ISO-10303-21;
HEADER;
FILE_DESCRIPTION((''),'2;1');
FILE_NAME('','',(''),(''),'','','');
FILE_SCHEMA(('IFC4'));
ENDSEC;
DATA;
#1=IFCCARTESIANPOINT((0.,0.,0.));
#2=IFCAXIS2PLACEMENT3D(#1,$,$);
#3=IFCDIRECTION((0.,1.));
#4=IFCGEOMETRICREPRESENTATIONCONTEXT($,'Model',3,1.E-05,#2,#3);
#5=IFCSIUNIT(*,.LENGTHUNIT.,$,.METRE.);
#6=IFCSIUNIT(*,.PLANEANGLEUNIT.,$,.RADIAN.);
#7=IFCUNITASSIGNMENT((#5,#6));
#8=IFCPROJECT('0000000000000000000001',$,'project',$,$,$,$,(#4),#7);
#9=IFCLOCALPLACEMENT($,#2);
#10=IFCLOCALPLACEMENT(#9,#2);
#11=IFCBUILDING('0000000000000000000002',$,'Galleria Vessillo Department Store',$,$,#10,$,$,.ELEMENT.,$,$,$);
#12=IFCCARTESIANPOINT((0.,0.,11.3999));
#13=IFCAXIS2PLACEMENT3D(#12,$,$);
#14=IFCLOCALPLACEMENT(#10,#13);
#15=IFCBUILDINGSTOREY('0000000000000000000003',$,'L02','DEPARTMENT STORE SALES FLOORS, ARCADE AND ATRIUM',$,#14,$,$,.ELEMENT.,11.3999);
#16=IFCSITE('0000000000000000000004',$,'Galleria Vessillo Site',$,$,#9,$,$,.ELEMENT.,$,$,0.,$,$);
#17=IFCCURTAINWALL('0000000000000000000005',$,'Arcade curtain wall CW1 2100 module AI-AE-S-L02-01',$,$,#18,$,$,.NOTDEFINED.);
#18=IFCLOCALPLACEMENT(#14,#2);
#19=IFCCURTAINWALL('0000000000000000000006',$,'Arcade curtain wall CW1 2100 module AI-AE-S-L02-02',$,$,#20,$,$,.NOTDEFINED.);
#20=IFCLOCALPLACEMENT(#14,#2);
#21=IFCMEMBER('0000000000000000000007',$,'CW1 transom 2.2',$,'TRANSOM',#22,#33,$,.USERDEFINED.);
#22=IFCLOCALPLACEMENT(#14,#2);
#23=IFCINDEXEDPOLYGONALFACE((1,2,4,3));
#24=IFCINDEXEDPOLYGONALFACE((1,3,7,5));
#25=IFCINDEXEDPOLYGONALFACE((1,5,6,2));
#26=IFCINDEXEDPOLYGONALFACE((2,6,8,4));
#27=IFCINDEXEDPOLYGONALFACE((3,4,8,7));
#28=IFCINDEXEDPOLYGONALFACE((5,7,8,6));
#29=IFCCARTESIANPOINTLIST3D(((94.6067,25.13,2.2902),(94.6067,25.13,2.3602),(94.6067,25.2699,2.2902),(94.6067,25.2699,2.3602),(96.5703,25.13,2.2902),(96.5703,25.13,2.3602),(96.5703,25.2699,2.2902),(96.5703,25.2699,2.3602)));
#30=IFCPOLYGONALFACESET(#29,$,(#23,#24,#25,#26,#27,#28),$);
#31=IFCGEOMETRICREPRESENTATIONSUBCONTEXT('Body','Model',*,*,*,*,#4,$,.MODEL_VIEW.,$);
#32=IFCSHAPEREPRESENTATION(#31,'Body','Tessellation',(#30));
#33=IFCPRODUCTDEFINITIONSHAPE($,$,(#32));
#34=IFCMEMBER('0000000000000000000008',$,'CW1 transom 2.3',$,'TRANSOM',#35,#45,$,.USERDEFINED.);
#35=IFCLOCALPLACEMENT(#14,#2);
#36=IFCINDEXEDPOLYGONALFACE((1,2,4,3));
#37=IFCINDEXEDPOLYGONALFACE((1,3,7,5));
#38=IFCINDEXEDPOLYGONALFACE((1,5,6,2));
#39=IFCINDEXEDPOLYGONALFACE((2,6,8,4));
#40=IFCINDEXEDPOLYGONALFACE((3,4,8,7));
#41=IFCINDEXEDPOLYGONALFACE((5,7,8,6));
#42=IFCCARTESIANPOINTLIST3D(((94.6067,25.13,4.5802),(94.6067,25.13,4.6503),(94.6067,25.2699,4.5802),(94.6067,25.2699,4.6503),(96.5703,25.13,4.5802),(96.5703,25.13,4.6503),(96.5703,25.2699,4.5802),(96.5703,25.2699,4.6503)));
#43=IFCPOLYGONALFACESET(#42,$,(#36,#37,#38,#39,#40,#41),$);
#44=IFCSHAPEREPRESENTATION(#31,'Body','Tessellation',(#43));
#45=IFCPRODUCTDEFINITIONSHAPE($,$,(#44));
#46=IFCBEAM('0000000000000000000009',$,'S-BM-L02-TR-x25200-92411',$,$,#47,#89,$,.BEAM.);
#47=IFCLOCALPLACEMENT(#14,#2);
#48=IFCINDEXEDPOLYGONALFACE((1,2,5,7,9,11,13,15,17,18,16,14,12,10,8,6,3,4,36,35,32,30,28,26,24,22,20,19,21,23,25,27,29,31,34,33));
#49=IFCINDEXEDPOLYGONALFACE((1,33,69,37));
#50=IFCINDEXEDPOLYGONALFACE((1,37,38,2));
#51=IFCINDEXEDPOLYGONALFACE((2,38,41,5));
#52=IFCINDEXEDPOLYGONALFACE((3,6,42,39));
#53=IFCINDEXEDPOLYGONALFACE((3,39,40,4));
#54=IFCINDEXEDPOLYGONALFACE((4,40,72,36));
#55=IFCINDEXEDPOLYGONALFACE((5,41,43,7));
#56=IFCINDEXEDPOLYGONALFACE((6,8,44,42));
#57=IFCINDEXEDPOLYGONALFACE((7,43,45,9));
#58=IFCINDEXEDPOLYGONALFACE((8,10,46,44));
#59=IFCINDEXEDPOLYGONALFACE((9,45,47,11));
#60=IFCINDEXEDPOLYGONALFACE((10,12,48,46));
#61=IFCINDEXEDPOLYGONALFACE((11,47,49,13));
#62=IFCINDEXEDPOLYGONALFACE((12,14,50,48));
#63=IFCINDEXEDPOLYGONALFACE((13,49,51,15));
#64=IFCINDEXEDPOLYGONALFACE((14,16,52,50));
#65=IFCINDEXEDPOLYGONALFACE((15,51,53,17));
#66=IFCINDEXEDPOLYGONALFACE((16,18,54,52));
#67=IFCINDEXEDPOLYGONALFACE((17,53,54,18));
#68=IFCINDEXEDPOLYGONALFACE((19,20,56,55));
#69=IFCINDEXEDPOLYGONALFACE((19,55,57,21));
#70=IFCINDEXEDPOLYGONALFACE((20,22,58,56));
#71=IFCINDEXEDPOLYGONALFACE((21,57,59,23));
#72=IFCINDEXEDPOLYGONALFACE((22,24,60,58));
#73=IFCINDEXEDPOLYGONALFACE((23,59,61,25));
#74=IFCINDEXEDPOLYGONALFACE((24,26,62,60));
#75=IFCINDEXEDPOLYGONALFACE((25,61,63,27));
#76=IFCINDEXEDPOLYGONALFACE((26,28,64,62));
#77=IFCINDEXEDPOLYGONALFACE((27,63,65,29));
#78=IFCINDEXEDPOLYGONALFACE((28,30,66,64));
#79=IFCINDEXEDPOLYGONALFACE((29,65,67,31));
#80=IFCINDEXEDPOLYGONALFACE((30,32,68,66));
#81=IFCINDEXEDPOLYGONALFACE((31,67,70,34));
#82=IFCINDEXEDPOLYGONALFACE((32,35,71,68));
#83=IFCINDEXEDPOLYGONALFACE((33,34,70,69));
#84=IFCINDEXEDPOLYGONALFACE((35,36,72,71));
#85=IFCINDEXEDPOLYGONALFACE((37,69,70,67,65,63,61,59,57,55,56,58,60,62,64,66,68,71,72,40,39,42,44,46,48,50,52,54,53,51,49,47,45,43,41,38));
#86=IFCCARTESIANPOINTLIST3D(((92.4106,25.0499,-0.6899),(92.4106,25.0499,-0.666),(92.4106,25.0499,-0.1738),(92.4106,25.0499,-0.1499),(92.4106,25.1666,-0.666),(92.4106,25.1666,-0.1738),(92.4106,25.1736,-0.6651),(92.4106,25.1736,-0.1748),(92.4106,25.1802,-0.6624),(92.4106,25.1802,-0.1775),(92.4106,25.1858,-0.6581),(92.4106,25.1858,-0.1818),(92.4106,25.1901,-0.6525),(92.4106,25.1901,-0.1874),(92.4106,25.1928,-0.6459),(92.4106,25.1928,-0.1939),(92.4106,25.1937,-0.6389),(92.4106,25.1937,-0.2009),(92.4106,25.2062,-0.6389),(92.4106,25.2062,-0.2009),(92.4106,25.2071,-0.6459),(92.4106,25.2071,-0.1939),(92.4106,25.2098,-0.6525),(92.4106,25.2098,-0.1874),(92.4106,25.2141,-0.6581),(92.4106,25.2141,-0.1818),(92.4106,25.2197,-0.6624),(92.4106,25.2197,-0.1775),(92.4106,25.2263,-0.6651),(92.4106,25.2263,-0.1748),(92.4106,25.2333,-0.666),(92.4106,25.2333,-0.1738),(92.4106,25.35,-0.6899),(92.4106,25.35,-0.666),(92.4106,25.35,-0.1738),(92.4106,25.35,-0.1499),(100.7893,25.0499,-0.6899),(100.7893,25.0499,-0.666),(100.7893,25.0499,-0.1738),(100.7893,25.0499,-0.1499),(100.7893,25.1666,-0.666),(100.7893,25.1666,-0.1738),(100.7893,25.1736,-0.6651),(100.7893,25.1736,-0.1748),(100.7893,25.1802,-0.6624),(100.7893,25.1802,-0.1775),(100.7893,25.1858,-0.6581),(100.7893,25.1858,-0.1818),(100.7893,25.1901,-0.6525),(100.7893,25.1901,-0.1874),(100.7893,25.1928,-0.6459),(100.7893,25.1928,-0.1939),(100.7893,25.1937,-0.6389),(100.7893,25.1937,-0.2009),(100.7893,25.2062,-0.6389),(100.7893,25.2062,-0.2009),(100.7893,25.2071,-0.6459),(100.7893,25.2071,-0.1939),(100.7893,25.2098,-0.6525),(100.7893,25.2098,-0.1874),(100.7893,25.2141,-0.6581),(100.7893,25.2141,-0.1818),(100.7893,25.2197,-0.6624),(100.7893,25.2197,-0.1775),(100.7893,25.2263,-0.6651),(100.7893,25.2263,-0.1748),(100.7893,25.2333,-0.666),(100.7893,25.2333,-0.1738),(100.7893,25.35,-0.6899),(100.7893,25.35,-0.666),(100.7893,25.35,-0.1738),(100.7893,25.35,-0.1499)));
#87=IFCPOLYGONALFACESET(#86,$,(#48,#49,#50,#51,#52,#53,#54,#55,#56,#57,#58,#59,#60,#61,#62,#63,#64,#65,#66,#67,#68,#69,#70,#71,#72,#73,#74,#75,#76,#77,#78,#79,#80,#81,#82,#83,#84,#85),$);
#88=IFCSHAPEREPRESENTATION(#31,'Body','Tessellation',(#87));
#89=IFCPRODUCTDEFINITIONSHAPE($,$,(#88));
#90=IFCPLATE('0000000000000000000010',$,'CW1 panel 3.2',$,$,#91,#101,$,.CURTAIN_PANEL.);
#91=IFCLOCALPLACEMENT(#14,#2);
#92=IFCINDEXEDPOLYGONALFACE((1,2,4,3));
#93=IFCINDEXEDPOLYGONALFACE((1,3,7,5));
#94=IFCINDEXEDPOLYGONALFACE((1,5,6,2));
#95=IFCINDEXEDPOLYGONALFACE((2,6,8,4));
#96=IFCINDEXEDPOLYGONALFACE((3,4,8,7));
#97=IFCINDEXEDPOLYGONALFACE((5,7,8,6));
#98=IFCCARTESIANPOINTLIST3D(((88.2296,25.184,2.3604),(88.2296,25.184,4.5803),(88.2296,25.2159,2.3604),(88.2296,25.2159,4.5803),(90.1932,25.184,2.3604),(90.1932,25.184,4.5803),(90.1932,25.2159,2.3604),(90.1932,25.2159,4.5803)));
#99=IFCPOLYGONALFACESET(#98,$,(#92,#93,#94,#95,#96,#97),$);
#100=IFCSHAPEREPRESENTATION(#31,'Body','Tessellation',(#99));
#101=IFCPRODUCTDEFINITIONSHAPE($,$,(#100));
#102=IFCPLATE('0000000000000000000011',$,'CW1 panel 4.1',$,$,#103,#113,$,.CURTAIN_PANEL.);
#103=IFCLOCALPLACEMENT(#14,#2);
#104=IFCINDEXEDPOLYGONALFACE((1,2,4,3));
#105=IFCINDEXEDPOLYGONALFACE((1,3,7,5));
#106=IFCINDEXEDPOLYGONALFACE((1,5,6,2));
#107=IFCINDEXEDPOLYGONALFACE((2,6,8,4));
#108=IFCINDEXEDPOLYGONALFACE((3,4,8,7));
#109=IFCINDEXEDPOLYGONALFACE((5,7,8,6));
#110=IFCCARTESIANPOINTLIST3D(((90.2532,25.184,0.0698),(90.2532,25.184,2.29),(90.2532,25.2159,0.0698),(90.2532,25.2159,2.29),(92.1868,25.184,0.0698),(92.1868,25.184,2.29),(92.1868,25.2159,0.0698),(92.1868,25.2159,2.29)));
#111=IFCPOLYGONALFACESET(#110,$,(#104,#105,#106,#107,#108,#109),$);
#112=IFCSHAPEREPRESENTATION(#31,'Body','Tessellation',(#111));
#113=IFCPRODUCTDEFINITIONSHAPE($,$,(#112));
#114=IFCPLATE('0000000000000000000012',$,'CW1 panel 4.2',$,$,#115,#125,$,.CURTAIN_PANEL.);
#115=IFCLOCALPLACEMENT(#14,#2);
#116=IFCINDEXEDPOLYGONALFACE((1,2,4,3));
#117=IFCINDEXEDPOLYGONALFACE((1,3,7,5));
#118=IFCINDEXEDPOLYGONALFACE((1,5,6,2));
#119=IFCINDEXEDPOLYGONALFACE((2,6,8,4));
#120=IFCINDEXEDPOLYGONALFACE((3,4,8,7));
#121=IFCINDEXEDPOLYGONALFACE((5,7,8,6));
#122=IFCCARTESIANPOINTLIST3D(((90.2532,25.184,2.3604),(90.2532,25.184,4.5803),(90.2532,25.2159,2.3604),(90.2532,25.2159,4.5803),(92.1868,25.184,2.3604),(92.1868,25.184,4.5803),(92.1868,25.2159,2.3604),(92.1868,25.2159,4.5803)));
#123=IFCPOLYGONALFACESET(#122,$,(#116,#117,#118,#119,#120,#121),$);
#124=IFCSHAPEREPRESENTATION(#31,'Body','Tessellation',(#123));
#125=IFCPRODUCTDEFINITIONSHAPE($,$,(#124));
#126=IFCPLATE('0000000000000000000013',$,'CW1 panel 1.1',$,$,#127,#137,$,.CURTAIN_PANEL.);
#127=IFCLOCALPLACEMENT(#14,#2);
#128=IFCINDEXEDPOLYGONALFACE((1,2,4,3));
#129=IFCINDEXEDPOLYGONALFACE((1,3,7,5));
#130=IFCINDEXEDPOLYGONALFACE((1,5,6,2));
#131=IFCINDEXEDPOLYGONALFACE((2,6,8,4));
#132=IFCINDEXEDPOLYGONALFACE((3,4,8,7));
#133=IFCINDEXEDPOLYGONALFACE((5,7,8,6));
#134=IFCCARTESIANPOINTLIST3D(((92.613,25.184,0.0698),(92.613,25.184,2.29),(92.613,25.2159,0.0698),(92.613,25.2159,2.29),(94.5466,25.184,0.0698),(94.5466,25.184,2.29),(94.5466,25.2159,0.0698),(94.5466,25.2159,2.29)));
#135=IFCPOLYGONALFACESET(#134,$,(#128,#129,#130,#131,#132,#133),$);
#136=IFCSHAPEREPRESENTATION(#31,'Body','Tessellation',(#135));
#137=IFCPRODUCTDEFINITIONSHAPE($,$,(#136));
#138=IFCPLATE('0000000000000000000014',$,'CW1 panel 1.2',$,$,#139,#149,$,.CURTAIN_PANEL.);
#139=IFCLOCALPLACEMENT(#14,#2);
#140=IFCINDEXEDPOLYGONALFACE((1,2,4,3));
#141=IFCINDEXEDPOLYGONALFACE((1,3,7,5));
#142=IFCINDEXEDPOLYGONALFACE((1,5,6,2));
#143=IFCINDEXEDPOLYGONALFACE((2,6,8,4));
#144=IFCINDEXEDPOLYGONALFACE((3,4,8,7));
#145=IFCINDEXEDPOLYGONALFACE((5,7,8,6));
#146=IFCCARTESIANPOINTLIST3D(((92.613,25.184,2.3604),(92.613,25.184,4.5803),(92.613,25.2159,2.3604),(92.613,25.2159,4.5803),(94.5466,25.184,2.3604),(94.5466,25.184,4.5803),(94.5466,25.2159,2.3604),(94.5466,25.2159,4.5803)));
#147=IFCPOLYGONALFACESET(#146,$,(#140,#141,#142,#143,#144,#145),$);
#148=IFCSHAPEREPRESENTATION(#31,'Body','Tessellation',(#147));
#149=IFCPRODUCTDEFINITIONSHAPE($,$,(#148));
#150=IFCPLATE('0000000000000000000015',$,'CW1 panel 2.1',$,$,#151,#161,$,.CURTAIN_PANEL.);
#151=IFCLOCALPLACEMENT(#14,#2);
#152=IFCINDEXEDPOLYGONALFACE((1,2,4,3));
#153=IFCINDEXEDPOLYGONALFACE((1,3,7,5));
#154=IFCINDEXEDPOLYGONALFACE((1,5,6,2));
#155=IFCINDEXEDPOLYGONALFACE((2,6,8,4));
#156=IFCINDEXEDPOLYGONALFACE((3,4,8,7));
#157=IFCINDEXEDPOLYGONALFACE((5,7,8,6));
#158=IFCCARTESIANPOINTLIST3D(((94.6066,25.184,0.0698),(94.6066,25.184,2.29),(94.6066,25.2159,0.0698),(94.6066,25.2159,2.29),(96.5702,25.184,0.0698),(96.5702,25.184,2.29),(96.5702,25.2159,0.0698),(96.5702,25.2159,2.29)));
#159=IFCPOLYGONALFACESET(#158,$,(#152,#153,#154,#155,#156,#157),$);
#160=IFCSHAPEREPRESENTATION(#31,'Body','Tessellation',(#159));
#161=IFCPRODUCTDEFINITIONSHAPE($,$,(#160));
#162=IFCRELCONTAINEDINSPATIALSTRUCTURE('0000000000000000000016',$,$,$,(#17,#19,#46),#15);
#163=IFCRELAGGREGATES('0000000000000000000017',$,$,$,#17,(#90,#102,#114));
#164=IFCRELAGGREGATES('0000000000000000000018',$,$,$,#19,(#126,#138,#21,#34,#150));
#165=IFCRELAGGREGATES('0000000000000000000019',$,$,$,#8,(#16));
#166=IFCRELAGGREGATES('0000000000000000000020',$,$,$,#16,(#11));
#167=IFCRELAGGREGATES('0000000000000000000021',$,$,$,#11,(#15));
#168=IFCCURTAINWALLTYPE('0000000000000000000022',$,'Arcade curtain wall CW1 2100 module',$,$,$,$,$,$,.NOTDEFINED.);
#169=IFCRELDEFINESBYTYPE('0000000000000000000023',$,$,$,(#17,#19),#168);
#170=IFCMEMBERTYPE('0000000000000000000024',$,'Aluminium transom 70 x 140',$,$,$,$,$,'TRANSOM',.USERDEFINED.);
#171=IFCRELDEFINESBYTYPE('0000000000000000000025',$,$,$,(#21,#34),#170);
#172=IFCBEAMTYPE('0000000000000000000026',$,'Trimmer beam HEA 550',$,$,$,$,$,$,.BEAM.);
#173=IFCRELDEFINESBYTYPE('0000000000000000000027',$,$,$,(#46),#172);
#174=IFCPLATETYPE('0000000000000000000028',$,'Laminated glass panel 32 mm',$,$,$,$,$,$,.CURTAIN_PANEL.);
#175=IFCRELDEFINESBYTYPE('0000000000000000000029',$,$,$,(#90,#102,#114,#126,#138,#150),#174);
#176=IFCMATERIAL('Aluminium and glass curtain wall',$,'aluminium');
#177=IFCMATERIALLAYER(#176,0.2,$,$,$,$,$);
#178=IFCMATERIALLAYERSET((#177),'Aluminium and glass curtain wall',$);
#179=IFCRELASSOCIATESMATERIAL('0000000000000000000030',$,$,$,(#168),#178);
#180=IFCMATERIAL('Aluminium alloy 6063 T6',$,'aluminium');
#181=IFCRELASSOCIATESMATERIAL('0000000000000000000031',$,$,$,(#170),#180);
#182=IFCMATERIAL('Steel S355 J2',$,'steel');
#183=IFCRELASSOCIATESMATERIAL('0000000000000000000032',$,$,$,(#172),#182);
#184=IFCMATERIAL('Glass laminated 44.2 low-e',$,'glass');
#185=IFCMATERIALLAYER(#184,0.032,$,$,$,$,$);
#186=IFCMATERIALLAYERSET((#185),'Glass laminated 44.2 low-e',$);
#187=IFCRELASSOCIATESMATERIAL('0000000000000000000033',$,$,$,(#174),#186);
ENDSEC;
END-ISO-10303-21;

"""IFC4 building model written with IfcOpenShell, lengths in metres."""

from ifc_helpers import new_model, si_unit, direction, frame, origin, origin_2d, place, context, subcontext, project, spatial, rectangle, i_section, extrude, material, layer, layer_set, material_profile, profile_set, type_object, element, aggregate, save


model = new_model("IFC4")

# Units and contexts
model_context = context("Model", 3, precision=1e-05, world=origin(), true_north=direction((0.0, 1.0)))
body_context = subcontext(model_context, "Body", "Model", "MODEL_VIEW")
ifc_project = project(units=[si_unit("LENGTHUNIT", "METRE"), si_unit("PLANEANGLEUNIT", "RADIAN")], contexts=[model_context])

# Site, building, storey
site_placement = place(None, origin())
site = spatial("IfcSite", under=ifc_project, at=site_placement, Name="Galleria Vessillo Site", CompositionType="ELEMENT", RefElevation=0.0)
building_placement = place(site_placement, origin())
building = spatial("IfcBuilding", under=site, at=building_placement, Name="Galleria Vessillo Department Store", CompositionType="ELEMENT")
storey_placement = place(building_placement, frame((0.0, 0.0, 11.3999)))
storey = spatial("IfcBuildingStorey", under=building, at=storey_placement, Name="L02", Description="DEPARTMENT STORE SALES FLOORS, ARCADE AND ATRIUM", CompositionType="ELEMENT", Elevation=11.3999)

# Curtain walls
ifc_material_1 = material(Name="Aluminium and glass curtain wall", Category="aluminium")
ifc_layer_1 = layer(ifc_material_1, 0.2)
ifc_layer_set_1 = layer_set([ifc_layer_1], Name="Aluminium and glass curtain wall")
curtain_wall_type = type_object("IfcCurtainWallType", Name="Arcade curtain wall CW1 2100 module", PredefinedType="NOTDEFINED", material=ifc_layer_set_1)
curtain_wall_1_placement = place(storey_placement, origin())
curtain_wall_1 = element("IfcCurtainWall", 1, at=curtain_wall_1_placement, inside=storey, type_object=curtain_wall_type, Name="Arcade curtain wall CW1 2100 module AI-AE-S-L02-01", PredefinedType="NOTDEFINED")
curtain_wall_2_placement = place(storey_placement, origin())
curtain_wall_2 = element("IfcCurtainWall", 2, at=curtain_wall_2_placement, inside=storey, type_object=curtain_wall_type, Name="Arcade curtain wall CW1 2100 module AI-AE-S-L02-02", PredefinedType="NOTDEFINED")

# Members
ifc_material_2 = material(Name="Aluminium alloy 6063 T6", Category="aluminium")
ifc_material_profile_1 = material_profile(ifc_material_2, rectangle(XDim=0.1399, YDim=0.0701, at=origin_2d()), Name="AL 70x140")
ifc_profile_set_1 = profile_set([ifc_material_profile_1], Name="Aluminium alloy 6063 T6")
member_type_1 = type_object("IfcMemberType", Name="Aluminium transom 70 x 140", ElementType="TRANSOM", PredefinedType="USERDEFINED", material=ifc_profile_set_1)
member_1_placement = place(storey_placement, frame((94.6067, 25.2, 2.3252), z_axis=(1.0, 0.0, 0.0), x_axis=(0.0, 1.0, 0.0)))
member_1 = element("IfcMember", 3, at=member_1_placement, type_object=member_type_1, Name="CW1 transom 2.2", ObjectType="TRANSOM", PredefinedType="USERDEFINED", context=body_context, shape_type="SweptSolid", body=[
    extrude(rectangle(XDim=0.1399, YDim=0.0701, at=origin_2d()), origin(), (0.0, 0.0, 1.0), 1.9636),
])
member_2_placement = place(storey_placement, frame((94.6067, 25.2, 4.6152), z_axis=(1.0, 0.0, 0.0), x_axis=(0.0, 1.0, 0.0)))
member_2 = element("IfcMember", 4, at=member_2_placement, type_object=member_type_1, Name="CW1 transom 2.3", ObjectType="TRANSOM", PredefinedType="USERDEFINED", context=body_context, shape_type="SweptSolid", body=[
    extrude(rectangle(XDim=0.1399, YDim=0.0701, at=origin_2d()), origin(), (0.0, 0.0, 1.0), 1.9636),
])

# Beam
ifc_material_3 = material(Name="Steel S355 J2", Category="steel")
ifc_material_profile_2 = material_profile(ifc_material_3, i_section(OverallWidth=0.3, OverallDepth=0.54, WebThickness=0.0125, FlangeThickness=0.0239, FilletRadius=0.0271, at=origin_2d()), Name="HEA 550")
ifc_profile_set_2 = profile_set([ifc_material_profile_2], Name="Steel S355 J2")
beam_type = type_object("IfcBeamType", Name="Trimmer beam HEA 550", PredefinedType="BEAM", material=ifc_profile_set_2)
beam_placement = place(storey_placement, frame((92.4106, 25.2, -0.4199), z_axis=(1.0, 0.0, 0.0), x_axis=(0.0, 1.0, 0.0)))
element("IfcBeam", 5, at=beam_placement, inside=storey, type_object=beam_type, Name="S-BM-L02-TR-x25200-92411", PredefinedType="BEAM", context=body_context, shape_type="SweptSolid", body=[
    extrude(i_section(OverallWidth=0.3, OverallDepth=0.54, WebThickness=0.0125, FlangeThickness=0.0239, FilletRadius=0.0271, at=origin_2d()), origin(), (0.0, 0.0, 1.0), 8.3787),
])

# Plates
ifc_material_4 = material(Name="Glass laminated 44.2 low-e", Category="glass")
ifc_layer_2 = layer(ifc_material_4, 0.032)
ifc_layer_set_2 = layer_set([ifc_layer_2], Name="Glass laminated 44.2 low-e")
plate_type = type_object("IfcPlateType", Name="Laminated glass panel 32 mm", PredefinedType="CURTAIN_PANEL", material=ifc_layer_set_2)
plate_1_placement = place(storey_placement, frame((89.2114, 25.2, 2.3604), z_axis=(0.0, 0.0, 1.0), x_axis=(1.0, 0.0, 0.0)))
plate_1 = element("IfcPlate", 6, at=plate_1_placement, type_object=plate_type, Name="CW1 panel 3.2", PredefinedType="CURTAIN_PANEL", context=body_context, shape_type="SweptSolid", body=[
    extrude(rectangle(XDim=1.9636, YDim=0.032, at=origin_2d()), origin(), (0.0, 0.0, 1.0), 2.22),
])
plate_2_placement = place(storey_placement, frame((91.22, 25.2, 0.0698), z_axis=(0.0, 0.0, 1.0), x_axis=(1.0, 0.0, 0.0)))
plate_2 = element("IfcPlate", 7, at=plate_2_placement, type_object=plate_type, Name="CW1 panel 4.1", PredefinedType="CURTAIN_PANEL", context=body_context, shape_type="SweptSolid", body=[
    extrude(rectangle(XDim=1.9336, YDim=0.032, at=origin_2d()), origin(), (0.0, 0.0, 1.0), 2.2202),
])
plate_3_placement = place(storey_placement, frame((91.22, 25.2, 2.3604), z_axis=(0.0, 0.0, 1.0), x_axis=(1.0, 0.0, 0.0)))
plate_3 = element("IfcPlate", 8, at=plate_3_placement, type_object=plate_type, Name="CW1 panel 4.2", PredefinedType="CURTAIN_PANEL", context=body_context, shape_type="SweptSolid", body=[
    extrude(rectangle(XDim=1.9336, YDim=0.032, at=origin_2d()), origin(), (0.0, 0.0, 1.0), 2.22),
])
aggregate(curtain_wall_1, [plate_1, plate_2, plate_3])
plate_4_placement = place(storey_placement, frame((93.5798, 25.2, 0.0698), z_axis=(0.0, 0.0, 1.0), x_axis=(1.0, 0.0, 0.0)))
plate_4 = element("IfcPlate", 9, at=plate_4_placement, type_object=plate_type, Name="CW1 panel 1.1", PredefinedType="CURTAIN_PANEL", context=body_context, shape_type="SweptSolid", body=[
    extrude(rectangle(XDim=1.9336, YDim=0.032, at=origin_2d()), origin(), (0.0, 0.0, 1.0), 2.2202),
])
plate_5_placement = place(storey_placement, frame((93.5798, 25.2, 2.3604), z_axis=(0.0, 0.0, 1.0), x_axis=(1.0, 0.0, 0.0)))
plate_5 = element("IfcPlate", 10, at=plate_5_placement, type_object=plate_type, Name="CW1 panel 1.2", PredefinedType="CURTAIN_PANEL", context=body_context, shape_type="SweptSolid", body=[
    extrude(rectangle(XDim=1.9336, YDim=0.032, at=origin_2d()), origin(), (0.0, 0.0, 1.0), 2.22),
])
plate_6_placement = place(storey_placement, frame((95.5884, 25.2, 0.0698), z_axis=(0.0, 0.0, 1.0), x_axis=(1.0, 0.0, 0.0)))
plate_6 = element("IfcPlate", 11, at=plate_6_placement, type_object=plate_type, Name="CW1 panel 2.1", PredefinedType="CURTAIN_PANEL", context=body_context, shape_type="SweptSolid", body=[
    extrude(rectangle(XDim=1.9636, YDim=0.032, at=origin_2d()), origin(), (0.0, 0.0, 1.0), 2.2202),
])
aggregate(curtain_wall_2, [plate_4, plate_5, member_1, member_2, plate_6])

save(model, "model.ifc")
